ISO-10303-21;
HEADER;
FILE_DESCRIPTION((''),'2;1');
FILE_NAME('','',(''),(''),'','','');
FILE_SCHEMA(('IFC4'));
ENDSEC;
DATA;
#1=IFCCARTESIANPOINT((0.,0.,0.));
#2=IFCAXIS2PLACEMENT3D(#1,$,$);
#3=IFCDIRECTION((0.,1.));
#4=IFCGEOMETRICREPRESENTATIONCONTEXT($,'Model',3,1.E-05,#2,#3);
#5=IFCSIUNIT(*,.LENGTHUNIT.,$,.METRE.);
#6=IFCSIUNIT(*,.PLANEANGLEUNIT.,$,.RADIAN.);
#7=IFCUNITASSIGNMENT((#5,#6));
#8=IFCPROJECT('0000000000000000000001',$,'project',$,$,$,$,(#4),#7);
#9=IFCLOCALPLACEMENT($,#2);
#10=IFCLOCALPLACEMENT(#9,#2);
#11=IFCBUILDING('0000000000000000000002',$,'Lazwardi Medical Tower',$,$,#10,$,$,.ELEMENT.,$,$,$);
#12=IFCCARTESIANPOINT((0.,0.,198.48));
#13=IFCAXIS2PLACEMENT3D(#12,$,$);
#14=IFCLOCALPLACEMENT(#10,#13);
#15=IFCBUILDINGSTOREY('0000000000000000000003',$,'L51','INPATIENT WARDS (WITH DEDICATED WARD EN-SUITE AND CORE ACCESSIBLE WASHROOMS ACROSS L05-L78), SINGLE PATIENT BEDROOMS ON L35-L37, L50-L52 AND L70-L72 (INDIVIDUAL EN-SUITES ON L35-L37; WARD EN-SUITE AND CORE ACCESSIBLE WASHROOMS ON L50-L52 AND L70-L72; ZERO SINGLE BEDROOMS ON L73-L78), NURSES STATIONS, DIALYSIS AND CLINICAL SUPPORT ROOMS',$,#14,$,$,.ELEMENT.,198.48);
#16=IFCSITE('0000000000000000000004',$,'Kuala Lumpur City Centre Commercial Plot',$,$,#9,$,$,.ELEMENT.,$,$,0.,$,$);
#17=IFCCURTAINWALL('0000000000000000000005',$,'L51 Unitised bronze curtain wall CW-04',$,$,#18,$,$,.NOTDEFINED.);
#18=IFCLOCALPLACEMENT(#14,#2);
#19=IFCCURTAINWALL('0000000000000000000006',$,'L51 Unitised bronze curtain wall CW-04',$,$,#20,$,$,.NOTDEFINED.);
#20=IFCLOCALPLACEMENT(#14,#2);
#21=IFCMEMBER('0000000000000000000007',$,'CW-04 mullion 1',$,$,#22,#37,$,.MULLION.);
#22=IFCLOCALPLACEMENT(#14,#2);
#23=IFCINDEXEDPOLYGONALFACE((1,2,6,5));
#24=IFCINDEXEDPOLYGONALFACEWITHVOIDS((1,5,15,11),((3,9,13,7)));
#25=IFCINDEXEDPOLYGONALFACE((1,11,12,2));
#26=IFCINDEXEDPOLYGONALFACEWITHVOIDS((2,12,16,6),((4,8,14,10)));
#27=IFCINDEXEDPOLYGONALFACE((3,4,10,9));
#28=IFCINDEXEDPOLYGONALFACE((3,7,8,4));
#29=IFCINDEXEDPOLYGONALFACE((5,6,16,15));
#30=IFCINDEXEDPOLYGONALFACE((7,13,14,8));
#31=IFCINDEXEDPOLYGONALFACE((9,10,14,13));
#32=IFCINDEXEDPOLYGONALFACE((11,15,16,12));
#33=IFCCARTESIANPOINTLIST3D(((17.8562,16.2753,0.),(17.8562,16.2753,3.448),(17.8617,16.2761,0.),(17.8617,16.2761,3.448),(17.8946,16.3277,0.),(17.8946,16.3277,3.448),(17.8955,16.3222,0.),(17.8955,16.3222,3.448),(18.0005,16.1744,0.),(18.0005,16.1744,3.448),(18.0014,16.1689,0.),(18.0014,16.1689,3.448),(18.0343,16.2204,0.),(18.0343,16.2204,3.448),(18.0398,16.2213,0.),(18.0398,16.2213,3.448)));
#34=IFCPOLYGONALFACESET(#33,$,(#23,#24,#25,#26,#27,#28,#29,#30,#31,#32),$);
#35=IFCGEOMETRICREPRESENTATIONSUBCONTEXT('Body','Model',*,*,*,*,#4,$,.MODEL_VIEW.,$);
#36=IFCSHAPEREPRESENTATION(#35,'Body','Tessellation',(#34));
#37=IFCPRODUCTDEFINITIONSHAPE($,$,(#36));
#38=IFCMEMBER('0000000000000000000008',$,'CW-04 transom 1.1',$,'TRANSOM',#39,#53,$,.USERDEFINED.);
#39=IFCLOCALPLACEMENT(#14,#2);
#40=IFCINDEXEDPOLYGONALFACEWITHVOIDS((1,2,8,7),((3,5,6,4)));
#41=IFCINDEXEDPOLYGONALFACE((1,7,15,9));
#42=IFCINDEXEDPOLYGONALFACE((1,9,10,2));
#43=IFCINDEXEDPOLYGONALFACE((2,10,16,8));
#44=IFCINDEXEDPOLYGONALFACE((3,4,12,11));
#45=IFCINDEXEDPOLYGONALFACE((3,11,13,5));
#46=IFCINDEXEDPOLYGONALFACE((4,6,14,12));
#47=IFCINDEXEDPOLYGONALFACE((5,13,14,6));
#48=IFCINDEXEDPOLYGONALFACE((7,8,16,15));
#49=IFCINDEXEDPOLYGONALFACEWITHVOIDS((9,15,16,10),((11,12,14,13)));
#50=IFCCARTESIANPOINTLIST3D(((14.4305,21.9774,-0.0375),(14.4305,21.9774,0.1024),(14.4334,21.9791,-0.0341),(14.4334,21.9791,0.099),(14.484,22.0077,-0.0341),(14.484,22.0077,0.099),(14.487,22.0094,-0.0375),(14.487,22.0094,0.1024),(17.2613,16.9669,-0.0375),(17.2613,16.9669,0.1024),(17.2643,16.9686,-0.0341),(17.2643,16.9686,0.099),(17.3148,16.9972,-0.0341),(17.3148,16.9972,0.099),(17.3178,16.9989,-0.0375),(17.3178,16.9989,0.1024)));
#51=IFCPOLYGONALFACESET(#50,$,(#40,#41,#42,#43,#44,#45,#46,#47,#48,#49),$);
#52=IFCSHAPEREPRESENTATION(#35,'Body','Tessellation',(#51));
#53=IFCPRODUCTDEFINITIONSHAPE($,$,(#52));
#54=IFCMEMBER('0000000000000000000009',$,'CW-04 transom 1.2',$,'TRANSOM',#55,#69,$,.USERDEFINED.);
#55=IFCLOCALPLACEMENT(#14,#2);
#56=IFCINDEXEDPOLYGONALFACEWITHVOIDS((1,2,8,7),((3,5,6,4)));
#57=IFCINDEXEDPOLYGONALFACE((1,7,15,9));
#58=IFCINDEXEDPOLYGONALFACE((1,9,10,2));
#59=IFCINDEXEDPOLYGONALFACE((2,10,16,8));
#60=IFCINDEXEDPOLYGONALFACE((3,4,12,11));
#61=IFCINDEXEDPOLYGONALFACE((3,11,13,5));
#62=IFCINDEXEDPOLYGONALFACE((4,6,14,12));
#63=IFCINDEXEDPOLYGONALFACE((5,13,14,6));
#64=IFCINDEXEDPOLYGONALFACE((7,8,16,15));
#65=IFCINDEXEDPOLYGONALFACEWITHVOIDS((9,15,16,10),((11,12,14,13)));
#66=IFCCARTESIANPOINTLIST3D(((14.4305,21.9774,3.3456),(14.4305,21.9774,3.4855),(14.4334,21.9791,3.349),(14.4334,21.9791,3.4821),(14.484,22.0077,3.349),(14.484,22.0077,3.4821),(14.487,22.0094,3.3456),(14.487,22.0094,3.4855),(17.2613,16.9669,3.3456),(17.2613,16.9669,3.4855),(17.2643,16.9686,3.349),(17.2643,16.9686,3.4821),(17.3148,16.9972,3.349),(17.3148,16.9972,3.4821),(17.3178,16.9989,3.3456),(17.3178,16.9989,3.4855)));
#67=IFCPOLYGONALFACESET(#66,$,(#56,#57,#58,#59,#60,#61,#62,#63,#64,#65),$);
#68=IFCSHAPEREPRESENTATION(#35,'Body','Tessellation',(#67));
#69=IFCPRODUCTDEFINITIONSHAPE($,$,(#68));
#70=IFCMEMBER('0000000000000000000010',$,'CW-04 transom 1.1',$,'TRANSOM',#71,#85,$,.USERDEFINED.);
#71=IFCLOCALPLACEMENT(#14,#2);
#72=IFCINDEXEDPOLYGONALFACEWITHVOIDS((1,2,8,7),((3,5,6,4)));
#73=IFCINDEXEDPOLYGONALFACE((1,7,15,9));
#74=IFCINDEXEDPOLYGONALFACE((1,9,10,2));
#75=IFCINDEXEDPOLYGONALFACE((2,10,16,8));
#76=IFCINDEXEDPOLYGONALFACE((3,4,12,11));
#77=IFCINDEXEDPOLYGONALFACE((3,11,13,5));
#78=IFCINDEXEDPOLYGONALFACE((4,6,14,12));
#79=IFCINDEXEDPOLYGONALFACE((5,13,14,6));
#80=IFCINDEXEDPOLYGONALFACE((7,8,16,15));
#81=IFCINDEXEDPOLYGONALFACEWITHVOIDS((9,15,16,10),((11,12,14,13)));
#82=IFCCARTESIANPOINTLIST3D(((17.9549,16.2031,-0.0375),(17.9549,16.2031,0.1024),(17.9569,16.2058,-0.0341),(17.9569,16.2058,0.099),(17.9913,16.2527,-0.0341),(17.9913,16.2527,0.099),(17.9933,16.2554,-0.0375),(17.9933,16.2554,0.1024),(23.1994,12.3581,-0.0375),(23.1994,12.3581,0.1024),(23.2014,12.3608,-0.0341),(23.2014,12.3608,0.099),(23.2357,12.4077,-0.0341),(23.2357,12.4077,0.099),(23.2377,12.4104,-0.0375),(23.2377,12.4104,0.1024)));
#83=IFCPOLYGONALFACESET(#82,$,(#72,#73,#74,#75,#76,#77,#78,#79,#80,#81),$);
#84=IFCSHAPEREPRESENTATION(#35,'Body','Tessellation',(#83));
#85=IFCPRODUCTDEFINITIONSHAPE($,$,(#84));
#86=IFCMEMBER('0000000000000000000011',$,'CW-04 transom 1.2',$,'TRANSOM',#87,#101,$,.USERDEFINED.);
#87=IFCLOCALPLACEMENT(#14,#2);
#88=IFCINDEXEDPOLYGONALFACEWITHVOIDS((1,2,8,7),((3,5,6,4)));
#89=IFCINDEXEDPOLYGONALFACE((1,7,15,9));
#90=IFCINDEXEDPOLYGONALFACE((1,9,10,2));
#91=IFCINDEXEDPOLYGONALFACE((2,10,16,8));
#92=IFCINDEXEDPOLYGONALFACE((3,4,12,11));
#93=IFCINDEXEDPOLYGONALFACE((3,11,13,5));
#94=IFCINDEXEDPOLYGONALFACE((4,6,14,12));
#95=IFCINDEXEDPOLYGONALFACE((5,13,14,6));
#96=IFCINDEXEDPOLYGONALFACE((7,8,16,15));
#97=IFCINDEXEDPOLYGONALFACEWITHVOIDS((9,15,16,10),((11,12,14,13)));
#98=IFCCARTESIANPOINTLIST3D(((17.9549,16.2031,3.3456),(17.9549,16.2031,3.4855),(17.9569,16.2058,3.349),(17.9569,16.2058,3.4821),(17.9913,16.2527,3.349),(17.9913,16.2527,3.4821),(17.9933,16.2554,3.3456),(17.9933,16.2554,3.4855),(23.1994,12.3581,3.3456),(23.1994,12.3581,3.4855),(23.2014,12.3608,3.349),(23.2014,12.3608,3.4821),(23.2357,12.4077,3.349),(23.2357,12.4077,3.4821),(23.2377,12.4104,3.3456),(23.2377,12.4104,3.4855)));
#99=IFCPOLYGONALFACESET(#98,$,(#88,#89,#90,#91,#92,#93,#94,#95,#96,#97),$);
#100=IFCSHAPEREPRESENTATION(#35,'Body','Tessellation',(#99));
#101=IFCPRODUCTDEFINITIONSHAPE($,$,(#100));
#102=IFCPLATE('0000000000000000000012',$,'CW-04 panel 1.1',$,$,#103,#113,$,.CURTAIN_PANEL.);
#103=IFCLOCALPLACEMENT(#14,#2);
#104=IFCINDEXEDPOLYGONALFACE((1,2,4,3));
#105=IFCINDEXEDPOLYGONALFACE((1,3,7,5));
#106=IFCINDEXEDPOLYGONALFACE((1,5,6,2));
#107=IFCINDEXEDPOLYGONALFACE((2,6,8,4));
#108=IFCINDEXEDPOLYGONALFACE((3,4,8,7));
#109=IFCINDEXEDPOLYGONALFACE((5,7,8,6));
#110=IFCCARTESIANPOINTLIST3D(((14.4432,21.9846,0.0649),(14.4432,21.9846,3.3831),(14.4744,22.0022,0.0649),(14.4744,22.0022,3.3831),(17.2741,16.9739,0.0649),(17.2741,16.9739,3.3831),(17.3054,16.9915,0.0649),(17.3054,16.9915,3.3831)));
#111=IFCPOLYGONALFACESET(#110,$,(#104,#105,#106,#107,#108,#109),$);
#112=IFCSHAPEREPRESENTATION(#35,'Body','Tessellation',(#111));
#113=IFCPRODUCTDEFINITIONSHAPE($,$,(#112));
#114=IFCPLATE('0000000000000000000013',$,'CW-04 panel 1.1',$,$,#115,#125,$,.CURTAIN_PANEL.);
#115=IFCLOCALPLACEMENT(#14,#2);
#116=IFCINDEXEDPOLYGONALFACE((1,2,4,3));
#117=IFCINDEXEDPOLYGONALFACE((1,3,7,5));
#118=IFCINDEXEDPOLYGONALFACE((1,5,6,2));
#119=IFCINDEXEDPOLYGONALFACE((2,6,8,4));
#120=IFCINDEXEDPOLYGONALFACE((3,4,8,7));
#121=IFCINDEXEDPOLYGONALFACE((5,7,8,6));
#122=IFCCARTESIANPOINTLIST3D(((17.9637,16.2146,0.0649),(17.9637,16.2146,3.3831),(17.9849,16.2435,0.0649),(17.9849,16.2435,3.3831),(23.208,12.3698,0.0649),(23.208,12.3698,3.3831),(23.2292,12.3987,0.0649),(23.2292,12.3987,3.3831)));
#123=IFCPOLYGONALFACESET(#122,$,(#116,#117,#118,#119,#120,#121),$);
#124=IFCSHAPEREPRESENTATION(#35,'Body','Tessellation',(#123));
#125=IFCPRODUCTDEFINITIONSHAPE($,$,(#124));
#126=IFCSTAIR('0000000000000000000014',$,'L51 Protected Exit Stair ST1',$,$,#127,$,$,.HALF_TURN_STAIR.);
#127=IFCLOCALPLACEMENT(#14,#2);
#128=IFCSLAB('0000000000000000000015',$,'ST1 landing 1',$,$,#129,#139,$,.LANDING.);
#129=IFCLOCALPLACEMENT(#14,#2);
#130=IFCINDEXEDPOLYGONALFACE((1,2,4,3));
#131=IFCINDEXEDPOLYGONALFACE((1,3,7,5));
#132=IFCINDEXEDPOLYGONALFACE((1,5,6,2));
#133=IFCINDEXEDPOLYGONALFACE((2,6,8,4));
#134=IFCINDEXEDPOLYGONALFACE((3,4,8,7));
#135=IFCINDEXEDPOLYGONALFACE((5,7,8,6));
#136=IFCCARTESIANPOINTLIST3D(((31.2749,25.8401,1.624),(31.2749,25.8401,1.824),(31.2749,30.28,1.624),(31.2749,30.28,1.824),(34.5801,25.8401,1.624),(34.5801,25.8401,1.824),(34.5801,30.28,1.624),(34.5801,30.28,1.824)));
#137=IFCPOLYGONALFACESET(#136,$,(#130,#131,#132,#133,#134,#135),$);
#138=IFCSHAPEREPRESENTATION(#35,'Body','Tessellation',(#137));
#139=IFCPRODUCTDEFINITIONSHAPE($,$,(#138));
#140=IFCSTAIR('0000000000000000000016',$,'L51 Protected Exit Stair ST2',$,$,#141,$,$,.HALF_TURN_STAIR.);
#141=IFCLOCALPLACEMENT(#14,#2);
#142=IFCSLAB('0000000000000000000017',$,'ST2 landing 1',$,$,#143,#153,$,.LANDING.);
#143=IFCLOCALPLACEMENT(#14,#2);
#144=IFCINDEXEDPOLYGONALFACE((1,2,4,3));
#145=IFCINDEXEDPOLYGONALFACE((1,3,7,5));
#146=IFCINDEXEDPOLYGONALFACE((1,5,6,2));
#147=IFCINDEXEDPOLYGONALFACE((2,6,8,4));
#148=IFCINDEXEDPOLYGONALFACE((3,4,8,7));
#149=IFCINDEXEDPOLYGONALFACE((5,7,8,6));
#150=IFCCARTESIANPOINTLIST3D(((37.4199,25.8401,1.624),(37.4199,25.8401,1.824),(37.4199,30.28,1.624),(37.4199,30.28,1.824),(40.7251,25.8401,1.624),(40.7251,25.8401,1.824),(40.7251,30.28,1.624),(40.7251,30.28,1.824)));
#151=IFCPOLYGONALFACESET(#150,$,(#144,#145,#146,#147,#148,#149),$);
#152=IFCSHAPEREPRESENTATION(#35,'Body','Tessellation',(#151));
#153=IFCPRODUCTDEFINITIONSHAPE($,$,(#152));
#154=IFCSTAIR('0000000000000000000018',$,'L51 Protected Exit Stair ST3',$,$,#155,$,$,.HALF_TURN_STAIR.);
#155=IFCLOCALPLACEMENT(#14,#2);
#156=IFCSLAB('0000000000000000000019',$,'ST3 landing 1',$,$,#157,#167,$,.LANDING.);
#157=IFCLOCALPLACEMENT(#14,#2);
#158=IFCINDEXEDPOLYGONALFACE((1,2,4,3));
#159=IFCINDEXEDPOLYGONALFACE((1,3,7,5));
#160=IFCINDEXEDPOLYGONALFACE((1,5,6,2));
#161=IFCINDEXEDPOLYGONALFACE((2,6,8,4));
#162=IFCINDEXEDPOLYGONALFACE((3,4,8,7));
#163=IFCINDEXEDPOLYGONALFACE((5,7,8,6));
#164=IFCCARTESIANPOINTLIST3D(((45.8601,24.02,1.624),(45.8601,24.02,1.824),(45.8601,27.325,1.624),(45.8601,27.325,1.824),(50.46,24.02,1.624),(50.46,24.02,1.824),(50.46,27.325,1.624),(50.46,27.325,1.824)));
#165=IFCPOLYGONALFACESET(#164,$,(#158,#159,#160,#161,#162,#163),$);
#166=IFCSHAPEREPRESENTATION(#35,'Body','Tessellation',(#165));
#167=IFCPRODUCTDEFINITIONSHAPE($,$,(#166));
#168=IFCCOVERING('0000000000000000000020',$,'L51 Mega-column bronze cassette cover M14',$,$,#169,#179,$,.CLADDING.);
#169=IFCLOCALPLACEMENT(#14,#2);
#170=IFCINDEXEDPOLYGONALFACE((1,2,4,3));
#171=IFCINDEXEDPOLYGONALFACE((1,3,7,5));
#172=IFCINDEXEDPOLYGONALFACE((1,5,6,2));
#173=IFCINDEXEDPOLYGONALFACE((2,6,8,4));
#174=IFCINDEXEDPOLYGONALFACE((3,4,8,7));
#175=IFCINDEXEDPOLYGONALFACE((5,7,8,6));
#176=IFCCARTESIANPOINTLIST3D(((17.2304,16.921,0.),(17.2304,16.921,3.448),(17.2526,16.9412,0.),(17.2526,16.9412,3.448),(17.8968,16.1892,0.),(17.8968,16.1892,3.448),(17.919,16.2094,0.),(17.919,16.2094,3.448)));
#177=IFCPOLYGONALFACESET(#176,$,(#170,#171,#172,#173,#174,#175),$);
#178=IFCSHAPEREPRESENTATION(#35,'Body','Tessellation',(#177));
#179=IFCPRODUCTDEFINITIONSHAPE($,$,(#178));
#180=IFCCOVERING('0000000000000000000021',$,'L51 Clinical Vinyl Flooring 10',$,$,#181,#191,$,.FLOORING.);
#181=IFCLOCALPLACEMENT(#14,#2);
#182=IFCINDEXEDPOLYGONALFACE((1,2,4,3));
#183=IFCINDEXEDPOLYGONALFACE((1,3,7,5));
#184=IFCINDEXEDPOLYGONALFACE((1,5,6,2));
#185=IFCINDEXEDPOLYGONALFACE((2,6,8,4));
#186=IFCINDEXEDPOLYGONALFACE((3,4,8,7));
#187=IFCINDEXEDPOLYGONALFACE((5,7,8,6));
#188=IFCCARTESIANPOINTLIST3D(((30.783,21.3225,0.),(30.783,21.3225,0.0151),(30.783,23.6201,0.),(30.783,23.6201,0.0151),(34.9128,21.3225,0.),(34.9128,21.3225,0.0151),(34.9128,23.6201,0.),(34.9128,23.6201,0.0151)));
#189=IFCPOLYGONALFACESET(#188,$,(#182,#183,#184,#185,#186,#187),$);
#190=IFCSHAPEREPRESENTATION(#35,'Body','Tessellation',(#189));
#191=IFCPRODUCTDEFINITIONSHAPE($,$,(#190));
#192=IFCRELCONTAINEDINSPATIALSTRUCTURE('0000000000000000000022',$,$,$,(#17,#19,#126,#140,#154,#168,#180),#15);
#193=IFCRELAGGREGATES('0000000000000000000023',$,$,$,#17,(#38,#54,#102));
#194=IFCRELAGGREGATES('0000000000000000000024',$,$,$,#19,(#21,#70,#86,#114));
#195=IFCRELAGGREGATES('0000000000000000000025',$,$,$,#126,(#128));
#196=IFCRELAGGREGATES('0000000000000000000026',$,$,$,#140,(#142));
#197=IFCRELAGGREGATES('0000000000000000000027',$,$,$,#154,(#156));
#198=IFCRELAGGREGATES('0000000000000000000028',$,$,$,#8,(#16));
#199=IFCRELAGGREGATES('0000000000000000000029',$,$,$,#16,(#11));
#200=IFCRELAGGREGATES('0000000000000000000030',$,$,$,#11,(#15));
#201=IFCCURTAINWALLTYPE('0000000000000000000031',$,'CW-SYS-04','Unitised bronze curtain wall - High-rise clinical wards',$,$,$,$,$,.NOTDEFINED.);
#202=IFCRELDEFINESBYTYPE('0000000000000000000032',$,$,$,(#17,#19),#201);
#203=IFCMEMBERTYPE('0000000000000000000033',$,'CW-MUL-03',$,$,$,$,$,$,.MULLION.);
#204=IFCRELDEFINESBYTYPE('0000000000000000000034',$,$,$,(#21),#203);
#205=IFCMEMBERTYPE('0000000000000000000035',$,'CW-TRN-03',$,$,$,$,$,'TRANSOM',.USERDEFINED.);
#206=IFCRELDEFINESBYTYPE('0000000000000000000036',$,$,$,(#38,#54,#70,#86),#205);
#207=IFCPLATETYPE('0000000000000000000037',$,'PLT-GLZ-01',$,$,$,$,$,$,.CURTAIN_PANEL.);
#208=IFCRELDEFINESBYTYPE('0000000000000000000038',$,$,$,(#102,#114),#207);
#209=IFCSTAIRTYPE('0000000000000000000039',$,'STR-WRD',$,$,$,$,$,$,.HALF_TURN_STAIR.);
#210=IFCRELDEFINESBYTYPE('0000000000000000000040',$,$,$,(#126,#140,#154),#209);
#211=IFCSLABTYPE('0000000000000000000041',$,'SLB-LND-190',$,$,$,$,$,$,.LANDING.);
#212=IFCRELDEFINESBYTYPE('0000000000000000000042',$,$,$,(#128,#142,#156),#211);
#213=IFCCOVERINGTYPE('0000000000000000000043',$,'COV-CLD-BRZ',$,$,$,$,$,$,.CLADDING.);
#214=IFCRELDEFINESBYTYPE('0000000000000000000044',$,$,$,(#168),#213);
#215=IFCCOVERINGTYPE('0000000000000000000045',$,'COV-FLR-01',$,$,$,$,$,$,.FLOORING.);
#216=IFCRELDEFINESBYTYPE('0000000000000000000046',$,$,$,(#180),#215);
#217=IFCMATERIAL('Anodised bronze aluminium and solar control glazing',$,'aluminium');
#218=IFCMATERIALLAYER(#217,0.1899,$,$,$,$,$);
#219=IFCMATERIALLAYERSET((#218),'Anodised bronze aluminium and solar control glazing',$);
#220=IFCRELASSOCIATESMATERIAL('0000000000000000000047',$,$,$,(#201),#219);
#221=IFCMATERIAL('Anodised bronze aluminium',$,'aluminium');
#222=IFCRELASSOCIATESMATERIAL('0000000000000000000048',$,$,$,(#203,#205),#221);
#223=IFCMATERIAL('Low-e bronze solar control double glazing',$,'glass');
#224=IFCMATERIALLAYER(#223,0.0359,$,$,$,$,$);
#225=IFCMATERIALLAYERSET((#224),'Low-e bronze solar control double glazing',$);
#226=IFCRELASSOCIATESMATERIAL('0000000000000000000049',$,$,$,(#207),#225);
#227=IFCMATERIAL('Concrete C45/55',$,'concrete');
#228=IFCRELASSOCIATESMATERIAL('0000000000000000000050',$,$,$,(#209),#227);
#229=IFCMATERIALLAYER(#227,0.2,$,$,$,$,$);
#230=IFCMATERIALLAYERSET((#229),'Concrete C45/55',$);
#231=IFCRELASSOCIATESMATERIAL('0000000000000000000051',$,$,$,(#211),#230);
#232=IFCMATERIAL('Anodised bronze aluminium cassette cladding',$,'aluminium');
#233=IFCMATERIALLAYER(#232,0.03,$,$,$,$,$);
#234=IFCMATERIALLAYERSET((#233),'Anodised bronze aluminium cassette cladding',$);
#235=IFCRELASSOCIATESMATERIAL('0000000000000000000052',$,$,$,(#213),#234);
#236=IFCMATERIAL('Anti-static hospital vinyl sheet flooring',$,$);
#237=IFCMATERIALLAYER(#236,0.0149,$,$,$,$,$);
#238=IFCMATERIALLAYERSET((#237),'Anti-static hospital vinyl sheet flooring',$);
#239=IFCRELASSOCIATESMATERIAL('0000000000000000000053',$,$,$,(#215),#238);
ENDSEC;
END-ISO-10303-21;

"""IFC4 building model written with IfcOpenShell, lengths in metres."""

from ifc_helpers import new_model, si_unit, direction, frame, origin, origin_2d, place, context, subcontext, project, spatial, polyline, rectangle, hollow_rectangle, outline, extrude, material, layer, layer_set, material_profile, profile_set, type_object, element, aggregate, save


model = new_model("IFC4")

# Units and contexts
model_context = context("Model", 3, precision=1e-05, world=origin(), true_north=direction((0.0, 1.0)))
body_context = subcontext(model_context, "Body", "Model", "MODEL_VIEW")
ifc_project = project(units=[si_unit("LENGTHUNIT", "METRE"), si_unit("PLANEANGLEUNIT", "RADIAN")], contexts=[model_context])

# Site, building, storey
site_placement = place(None, origin())
site = spatial("IfcSite", under=ifc_project, at=site_placement, Name="Kuala Lumpur City Centre Commercial Plot", CompositionType="ELEMENT", RefElevation=0.0)
building_placement = place(site_placement, origin())
building = spatial("IfcBuilding", under=site, at=building_placement, Name="Lazwardi Medical Tower", CompositionType="ELEMENT")
storey_placement = place(building_placement, frame((0.0, 0.0, 198.48)))
storey = spatial("IfcBuildingStorey", under=building, at=storey_placement, Name="L51", Description="INPATIENT WARDS (WITH DEDICATED WARD EN-SUITE AND CORE ACCESSIBLE WASHROOMS ACROSS L05-L78), SINGLE PATIENT BEDROOMS ON L35-L37, L50-L52 AND L70-L72 (INDIVIDUAL EN-SUITES ON L35-L37; WARD EN-SUITE AND CORE ACCESSIBLE WASHROOMS ON L50-L52 AND L70-L72; ZERO SINGLE BEDROOMS ON L73-L78), NURSES STATIONS, DIALYSIS AND CLINICAL SUPPORT ROOMS", CompositionType="ELEMENT", Elevation=198.48)

# Curtain wall
ifc_material_1 = material(Name="Anodised bronze aluminium and solar control glazing", Category="aluminium")
ifc_layer_1 = layer(ifc_material_1, 0.1899)
ifc_layer_set_1 = layer_set([ifc_layer_1], Name="Anodised bronze aluminium and solar control glazing")
curtain_wall_type = type_object("IfcCurtainWallType", Name="CW-SYS-04", Description="Unitised bronze curtain wall - High-rise clinical wards", PredefinedType="NOTDEFINED", material=ifc_layer_set_1)
curtain_wall_1_placement = place(storey_placement, origin())
curtain_wall_1 = element("IfcCurtainWall", 1, at=curtain_wall_1_placement, inside=storey, type_object=curtain_wall_type, Name="L51 Unitised bronze curtain wall CW-04", PredefinedType="NOTDEFINED")
ifc_material_2 = material(Name="Anodised bronze aluminium", Category="aluminium")
ifc_material_profile_1 = material_profile(ifc_material_2, hollow_rectangle(XDim=0.0649, YDim=0.1799, WallThickness=0.0039, at=origin_2d()), Name="ALU-MULLION 180x65x4")
ifc_profile_set_1 = profile_set([ifc_material_profile_1], Name="Anodised bronze aluminium")
member_type_1 = type_object("IfcMemberType", Name="CW-MUL-03", PredefinedType="MULLION", material=ifc_profile_set_1)

# Curtain wall, member
curtain_wall_2_placement = place(storey_placement, origin())
curtain_wall_2 = element("IfcCurtainWall", 2, at=curtain_wall_2_placement, inside=storey, type_object=curtain_wall_type, Name="L51 Unitised bronze curtain wall CW-04", PredefinedType="NOTDEFINED")
member_1_placement = place(storey_placement, frame((17.948, 16.2483, 0.0), z_axis=(0.0, 0.0, 1.0), x_axis=(0.591268, 0.806475, 0.0)))
member_1 = element("IfcMember", 3, at=member_1_placement, type_object=member_type_1, Name="CW-04 mullion 1", PredefinedType="MULLION", context=body_context, shape_type="SweptSolid", body=[
    extrude(hollow_rectangle(XDim=0.0649, YDim=0.1799, WallThickness=0.0039, at=origin_2d()), origin(), (0.0, 0.0, 1.0), 3.448),
])

# Members
ifc_material_profile_2 = material_profile(ifc_material_2, hollow_rectangle(XDim=0.0649, YDim=0.1399, WallThickness=0.0034, at=origin_2d()), Name="ALU-TRANSOM 140x65x3.5")
ifc_profile_set_2 = profile_set([ifc_material_profile_2], Name="Anodised bronze aluminium")
member_type_2 = type_object("IfcMemberType", Name="CW-TRN-03", ElementType="TRANSOM", PredefinedType="USERDEFINED", material=ifc_profile_set_2)
member_2_placement = place(storey_placement, frame((14.4587, 21.9934, 0.0325), z_axis=(0.491898, -0.870653, 0.0), x_axis=(0.870653, 0.491898, 0.0)))
member_2 = element("IfcMember", 4, at=member_2_placement, type_object=member_type_2, Name="CW-04 transom 1.1", ObjectType="TRANSOM", PredefinedType="USERDEFINED", context=body_context, shape_type="SweptSolid", body=[
    extrude(hollow_rectangle(XDim=0.0649, YDim=0.1399, WallThickness=0.0034, at=origin_2d()), origin(), (0.0, 0.0, 1.0), 5.7549),
])
member_3_placement = place(storey_placement, frame((14.4587, 21.9934, 3.4155), z_axis=(0.491898, -0.870653, 0.0), x_axis=(0.870653, 0.491898, 0.0)))
member_3 = element("IfcMember", 5, at=member_3_placement, type_object=member_type_2, Name="CW-04 transom 1.2", ObjectType="TRANSOM", PredefinedType="USERDEFINED", context=body_context, shape_type="SweptSolid", body=[
    extrude(hollow_rectangle(XDim=0.0649, YDim=0.1399, WallThickness=0.0034, at=origin_2d()), origin(), (0.0, 0.0, 1.0), 5.7549),
])
member_4_placement = place(storey_placement, frame((17.9741, 16.2292, 0.0325), z_axis=(0.806472, -0.591273, 0.0), x_axis=(0.591273, 0.806472, 0.0)))
member_4 = element("IfcMember", 6, at=member_4_placement, type_object=member_type_2, Name="CW-04 transom 1.1", ObjectType="TRANSOM", PredefinedType="USERDEFINED", context=body_context, shape_type="SweptSolid", body=[
    extrude(hollow_rectangle(XDim=0.0649, YDim=0.1399, WallThickness=0.0034, at=origin_2d()), origin(), (0.0, 0.0, 1.0), 6.5029),
])
member_5_placement = place(storey_placement, frame((17.9741, 16.2292, 3.4155), z_axis=(0.806472, -0.591273, 0.0), x_axis=(0.591273, 0.806472, 0.0)))
member_5 = element("IfcMember", 7, at=member_5_placement, type_object=member_type_2, Name="CW-04 transom 1.2", ObjectType="TRANSOM", PredefinedType="USERDEFINED", context=body_context, shape_type="SweptSolid", body=[
    extrude(hollow_rectangle(XDim=0.0649, YDim=0.1399, WallThickness=0.0034, at=origin_2d()), origin(), (0.0, 0.0, 1.0), 6.5029),
])

# Plates
ifc_material_3 = material(Name="Low-e bronze solar control double glazing", Category="glass")
ifc_layer_2 = layer(ifc_material_3, 0.0359)
ifc_layer_set_2 = layer_set([ifc_layer_2], Name="Low-e bronze solar control double glazing")
plate_type = type_object("IfcPlateType", Name="PLT-GLZ-01", PredefinedType="CURTAIN_PANEL", material=ifc_layer_set_2)
plate_1_placement = place(storey_placement, frame((15.8743, 19.488, 0.0649), z_axis=(0.0, 0.0, 1.0), x_axis=(0.4919, -0.870651, 0.0)))
plate_1 = element("IfcPlate", 8, at=plate_1_placement, type_object=plate_type, Name="CW-04 panel 1.1", PredefinedType="CURTAIN_PANEL", context=body_context, shape_type="SweptSolid", body=[
    extrude(rectangle(XDim=5.7551, YDim=0.0359, at=origin_2d()), origin(), (0.0, 0.0, 1.0), 3.3181),
])
aggregate(curtain_wall_1, [member_2, member_3, plate_1])
plate_2_placement = place(storey_placement, frame((20.5964, 14.3066, 0.0649), z_axis=(0.0, 0.0, 1.0), x_axis=(0.806475, -0.591268, 0.0)))
plate_2 = element("IfcPlate", 9, at=plate_2_placement, type_object=plate_type, Name="CW-04 panel 1.1", PredefinedType="CURTAIN_PANEL", context=body_context, shape_type="SweptSolid", body=[
    extrude(rectangle(XDim=6.5027, YDim=0.0359, at=origin_2d()), origin(), (0.0, 0.0, 1.0), 3.3181),
])
aggregate(curtain_wall_2, [member_1, member_4, member_5, plate_2])

# Stairs, slabs
ifc_material_4 = material(Name="Concrete C45/55", Category="concrete")
stair_type = type_object("IfcStairType", Name="STR-WRD", PredefinedType="HALF_TURN_STAIR", material=ifc_material_4)
stair_1_placement = place(storey_placement, origin())
stair_1 = element("IfcStair", 10, at=stair_1_placement, inside=storey, type_object=stair_type, Name="L51 Protected Exit Stair ST1", PredefinedType="HALF_TURN_STAIR")
ifc_layer_3 = layer(ifc_material_4, 0.2)
ifc_layer_set_3 = layer_set([ifc_layer_3], Name="Concrete C45/55")
slab_type = type_object("IfcSlabType", Name="SLB-LND-190", PredefinedType="LANDING", material=ifc_layer_set_3)
slab_1_placement = place(storey_placement, frame((0.0, 0.0, 1.624)))
slab_1 = element("IfcSlab", 11, at=slab_1_placement, type_object=slab_type, Name="ST1 landing 1", PredefinedType="LANDING", context=body_context, shape_type="SweptSolid", body=[
    extrude(outline(polyline([(31.2749, 25.8401), (34.5801, 25.8401), (34.5801, 30.28), (31.2749, 30.28), (31.2749, 25.8401)])), origin(), (0.0, 0.0, 1.0), 0.2),
])
aggregate(stair_1, [slab_1])
stair_2_placement = place(storey_placement, origin())
stair_2 = element("IfcStair", 12, at=stair_2_placement, inside=storey, type_object=stair_type, Name="L51 Protected Exit Stair ST2", PredefinedType="HALF_TURN_STAIR")
slab_2_placement = place(storey_placement, frame((0.0, 0.0, 1.624)))
slab_2 = element("IfcSlab", 13, at=slab_2_placement, type_object=slab_type, Name="ST2 landing 1", PredefinedType="LANDING", context=body_context, shape_type="SweptSolid", body=[
    extrude(outline(polyline([(40.7251, 30.28), (37.4199, 30.28), (37.4199, 25.8401), (40.7251, 25.8401), (40.7251, 30.28)])), origin(), (0.0, 0.0, 1.0), 0.2),
])
aggregate(stair_2, [slab_2])
stair_3_placement = place(storey_placement, origin())
stair_3 = element("IfcStair", 14, at=stair_3_placement, inside=storey, type_object=stair_type, Name="L51 Protected Exit Stair ST3", PredefinedType="HALF_TURN_STAIR")
slab_3_placement = place(storey_placement, frame((0.0, 0.0, 1.624)))
slab_3 = element("IfcSlab", 15, at=slab_3_placement, type_object=slab_type, Name="ST3 landing 1", PredefinedType="LANDING", context=body_context, shape_type="SweptSolid", body=[
    extrude(outline(polyline([(45.8601, 27.325), (45.8601, 24.02), (50.46, 24.02), (50.46, 27.325), (45.8601, 27.325)])), origin(), (0.0, 0.0, 1.0), 0.2),
])
aggregate(stair_3, [slab_3])

# Coverings
ifc_material_5 = material(Name="Anodised bronze aluminium cassette cladding", Category="aluminium")
ifc_layer_4 = layer(ifc_material_5, 0.03)
ifc_layer_set_4 = layer_set([ifc_layer_4], Name="Anodised bronze aluminium cassette cladding")
covering_type_1 = type_object("IfcCoveringType", Name="COV-CLD-BRZ", PredefinedType="CLADDING", material=ifc_layer_set_4)
covering_1_placement = place(storey_placement, frame((17.5747, 16.5652, 0.0), z_axis=(0.0, 0.0, 1.0), x_axis=(0.673241, -0.739423, 0.0)))
element("IfcCovering", 16, at=covering_1_placement, inside=storey, type_object=covering_type_1, Name="L51 Mega-column bronze cassette cover M14", PredefinedType="CLADDING", context=body_context, shape_type="SweptSolid", body=[
    extrude(rectangle(XDim=0.9897, YDim=0.03, at=origin_2d()), origin(), (0.0, 0.0, 1.0), 3.448),
])
ifc_material_6 = material(Name="Anti-static hospital vinyl sheet flooring")
ifc_layer_5 = layer(ifc_material_6, 0.0149)
ifc_layer_set_5 = layer_set([ifc_layer_5], Name="Anti-static hospital vinyl sheet flooring")
covering_type_2 = type_object("IfcCoveringType", Name="COV-FLR-01", PredefinedType="FLOORING", material=ifc_layer_set_5)
covering_2_placement = place(storey_placement, origin())
element("IfcCovering", 17, at=covering_2_placement, inside=storey, type_object=covering_type_2, Name="L51 Clinical Vinyl Flooring 10", PredefinedType="FLOORING", context=body_context, shape_type="SweptSolid", body=[
    extrude(outline(polyline([(34.9128, 23.6201), (30.783, 23.6201), (30.783, 21.3225), (34.9128, 21.3225), (34.9128, 23.6201)])), origin(), (0.0, 0.0, 1.0), 0.0151),
])

save(model, "model.ifc")
